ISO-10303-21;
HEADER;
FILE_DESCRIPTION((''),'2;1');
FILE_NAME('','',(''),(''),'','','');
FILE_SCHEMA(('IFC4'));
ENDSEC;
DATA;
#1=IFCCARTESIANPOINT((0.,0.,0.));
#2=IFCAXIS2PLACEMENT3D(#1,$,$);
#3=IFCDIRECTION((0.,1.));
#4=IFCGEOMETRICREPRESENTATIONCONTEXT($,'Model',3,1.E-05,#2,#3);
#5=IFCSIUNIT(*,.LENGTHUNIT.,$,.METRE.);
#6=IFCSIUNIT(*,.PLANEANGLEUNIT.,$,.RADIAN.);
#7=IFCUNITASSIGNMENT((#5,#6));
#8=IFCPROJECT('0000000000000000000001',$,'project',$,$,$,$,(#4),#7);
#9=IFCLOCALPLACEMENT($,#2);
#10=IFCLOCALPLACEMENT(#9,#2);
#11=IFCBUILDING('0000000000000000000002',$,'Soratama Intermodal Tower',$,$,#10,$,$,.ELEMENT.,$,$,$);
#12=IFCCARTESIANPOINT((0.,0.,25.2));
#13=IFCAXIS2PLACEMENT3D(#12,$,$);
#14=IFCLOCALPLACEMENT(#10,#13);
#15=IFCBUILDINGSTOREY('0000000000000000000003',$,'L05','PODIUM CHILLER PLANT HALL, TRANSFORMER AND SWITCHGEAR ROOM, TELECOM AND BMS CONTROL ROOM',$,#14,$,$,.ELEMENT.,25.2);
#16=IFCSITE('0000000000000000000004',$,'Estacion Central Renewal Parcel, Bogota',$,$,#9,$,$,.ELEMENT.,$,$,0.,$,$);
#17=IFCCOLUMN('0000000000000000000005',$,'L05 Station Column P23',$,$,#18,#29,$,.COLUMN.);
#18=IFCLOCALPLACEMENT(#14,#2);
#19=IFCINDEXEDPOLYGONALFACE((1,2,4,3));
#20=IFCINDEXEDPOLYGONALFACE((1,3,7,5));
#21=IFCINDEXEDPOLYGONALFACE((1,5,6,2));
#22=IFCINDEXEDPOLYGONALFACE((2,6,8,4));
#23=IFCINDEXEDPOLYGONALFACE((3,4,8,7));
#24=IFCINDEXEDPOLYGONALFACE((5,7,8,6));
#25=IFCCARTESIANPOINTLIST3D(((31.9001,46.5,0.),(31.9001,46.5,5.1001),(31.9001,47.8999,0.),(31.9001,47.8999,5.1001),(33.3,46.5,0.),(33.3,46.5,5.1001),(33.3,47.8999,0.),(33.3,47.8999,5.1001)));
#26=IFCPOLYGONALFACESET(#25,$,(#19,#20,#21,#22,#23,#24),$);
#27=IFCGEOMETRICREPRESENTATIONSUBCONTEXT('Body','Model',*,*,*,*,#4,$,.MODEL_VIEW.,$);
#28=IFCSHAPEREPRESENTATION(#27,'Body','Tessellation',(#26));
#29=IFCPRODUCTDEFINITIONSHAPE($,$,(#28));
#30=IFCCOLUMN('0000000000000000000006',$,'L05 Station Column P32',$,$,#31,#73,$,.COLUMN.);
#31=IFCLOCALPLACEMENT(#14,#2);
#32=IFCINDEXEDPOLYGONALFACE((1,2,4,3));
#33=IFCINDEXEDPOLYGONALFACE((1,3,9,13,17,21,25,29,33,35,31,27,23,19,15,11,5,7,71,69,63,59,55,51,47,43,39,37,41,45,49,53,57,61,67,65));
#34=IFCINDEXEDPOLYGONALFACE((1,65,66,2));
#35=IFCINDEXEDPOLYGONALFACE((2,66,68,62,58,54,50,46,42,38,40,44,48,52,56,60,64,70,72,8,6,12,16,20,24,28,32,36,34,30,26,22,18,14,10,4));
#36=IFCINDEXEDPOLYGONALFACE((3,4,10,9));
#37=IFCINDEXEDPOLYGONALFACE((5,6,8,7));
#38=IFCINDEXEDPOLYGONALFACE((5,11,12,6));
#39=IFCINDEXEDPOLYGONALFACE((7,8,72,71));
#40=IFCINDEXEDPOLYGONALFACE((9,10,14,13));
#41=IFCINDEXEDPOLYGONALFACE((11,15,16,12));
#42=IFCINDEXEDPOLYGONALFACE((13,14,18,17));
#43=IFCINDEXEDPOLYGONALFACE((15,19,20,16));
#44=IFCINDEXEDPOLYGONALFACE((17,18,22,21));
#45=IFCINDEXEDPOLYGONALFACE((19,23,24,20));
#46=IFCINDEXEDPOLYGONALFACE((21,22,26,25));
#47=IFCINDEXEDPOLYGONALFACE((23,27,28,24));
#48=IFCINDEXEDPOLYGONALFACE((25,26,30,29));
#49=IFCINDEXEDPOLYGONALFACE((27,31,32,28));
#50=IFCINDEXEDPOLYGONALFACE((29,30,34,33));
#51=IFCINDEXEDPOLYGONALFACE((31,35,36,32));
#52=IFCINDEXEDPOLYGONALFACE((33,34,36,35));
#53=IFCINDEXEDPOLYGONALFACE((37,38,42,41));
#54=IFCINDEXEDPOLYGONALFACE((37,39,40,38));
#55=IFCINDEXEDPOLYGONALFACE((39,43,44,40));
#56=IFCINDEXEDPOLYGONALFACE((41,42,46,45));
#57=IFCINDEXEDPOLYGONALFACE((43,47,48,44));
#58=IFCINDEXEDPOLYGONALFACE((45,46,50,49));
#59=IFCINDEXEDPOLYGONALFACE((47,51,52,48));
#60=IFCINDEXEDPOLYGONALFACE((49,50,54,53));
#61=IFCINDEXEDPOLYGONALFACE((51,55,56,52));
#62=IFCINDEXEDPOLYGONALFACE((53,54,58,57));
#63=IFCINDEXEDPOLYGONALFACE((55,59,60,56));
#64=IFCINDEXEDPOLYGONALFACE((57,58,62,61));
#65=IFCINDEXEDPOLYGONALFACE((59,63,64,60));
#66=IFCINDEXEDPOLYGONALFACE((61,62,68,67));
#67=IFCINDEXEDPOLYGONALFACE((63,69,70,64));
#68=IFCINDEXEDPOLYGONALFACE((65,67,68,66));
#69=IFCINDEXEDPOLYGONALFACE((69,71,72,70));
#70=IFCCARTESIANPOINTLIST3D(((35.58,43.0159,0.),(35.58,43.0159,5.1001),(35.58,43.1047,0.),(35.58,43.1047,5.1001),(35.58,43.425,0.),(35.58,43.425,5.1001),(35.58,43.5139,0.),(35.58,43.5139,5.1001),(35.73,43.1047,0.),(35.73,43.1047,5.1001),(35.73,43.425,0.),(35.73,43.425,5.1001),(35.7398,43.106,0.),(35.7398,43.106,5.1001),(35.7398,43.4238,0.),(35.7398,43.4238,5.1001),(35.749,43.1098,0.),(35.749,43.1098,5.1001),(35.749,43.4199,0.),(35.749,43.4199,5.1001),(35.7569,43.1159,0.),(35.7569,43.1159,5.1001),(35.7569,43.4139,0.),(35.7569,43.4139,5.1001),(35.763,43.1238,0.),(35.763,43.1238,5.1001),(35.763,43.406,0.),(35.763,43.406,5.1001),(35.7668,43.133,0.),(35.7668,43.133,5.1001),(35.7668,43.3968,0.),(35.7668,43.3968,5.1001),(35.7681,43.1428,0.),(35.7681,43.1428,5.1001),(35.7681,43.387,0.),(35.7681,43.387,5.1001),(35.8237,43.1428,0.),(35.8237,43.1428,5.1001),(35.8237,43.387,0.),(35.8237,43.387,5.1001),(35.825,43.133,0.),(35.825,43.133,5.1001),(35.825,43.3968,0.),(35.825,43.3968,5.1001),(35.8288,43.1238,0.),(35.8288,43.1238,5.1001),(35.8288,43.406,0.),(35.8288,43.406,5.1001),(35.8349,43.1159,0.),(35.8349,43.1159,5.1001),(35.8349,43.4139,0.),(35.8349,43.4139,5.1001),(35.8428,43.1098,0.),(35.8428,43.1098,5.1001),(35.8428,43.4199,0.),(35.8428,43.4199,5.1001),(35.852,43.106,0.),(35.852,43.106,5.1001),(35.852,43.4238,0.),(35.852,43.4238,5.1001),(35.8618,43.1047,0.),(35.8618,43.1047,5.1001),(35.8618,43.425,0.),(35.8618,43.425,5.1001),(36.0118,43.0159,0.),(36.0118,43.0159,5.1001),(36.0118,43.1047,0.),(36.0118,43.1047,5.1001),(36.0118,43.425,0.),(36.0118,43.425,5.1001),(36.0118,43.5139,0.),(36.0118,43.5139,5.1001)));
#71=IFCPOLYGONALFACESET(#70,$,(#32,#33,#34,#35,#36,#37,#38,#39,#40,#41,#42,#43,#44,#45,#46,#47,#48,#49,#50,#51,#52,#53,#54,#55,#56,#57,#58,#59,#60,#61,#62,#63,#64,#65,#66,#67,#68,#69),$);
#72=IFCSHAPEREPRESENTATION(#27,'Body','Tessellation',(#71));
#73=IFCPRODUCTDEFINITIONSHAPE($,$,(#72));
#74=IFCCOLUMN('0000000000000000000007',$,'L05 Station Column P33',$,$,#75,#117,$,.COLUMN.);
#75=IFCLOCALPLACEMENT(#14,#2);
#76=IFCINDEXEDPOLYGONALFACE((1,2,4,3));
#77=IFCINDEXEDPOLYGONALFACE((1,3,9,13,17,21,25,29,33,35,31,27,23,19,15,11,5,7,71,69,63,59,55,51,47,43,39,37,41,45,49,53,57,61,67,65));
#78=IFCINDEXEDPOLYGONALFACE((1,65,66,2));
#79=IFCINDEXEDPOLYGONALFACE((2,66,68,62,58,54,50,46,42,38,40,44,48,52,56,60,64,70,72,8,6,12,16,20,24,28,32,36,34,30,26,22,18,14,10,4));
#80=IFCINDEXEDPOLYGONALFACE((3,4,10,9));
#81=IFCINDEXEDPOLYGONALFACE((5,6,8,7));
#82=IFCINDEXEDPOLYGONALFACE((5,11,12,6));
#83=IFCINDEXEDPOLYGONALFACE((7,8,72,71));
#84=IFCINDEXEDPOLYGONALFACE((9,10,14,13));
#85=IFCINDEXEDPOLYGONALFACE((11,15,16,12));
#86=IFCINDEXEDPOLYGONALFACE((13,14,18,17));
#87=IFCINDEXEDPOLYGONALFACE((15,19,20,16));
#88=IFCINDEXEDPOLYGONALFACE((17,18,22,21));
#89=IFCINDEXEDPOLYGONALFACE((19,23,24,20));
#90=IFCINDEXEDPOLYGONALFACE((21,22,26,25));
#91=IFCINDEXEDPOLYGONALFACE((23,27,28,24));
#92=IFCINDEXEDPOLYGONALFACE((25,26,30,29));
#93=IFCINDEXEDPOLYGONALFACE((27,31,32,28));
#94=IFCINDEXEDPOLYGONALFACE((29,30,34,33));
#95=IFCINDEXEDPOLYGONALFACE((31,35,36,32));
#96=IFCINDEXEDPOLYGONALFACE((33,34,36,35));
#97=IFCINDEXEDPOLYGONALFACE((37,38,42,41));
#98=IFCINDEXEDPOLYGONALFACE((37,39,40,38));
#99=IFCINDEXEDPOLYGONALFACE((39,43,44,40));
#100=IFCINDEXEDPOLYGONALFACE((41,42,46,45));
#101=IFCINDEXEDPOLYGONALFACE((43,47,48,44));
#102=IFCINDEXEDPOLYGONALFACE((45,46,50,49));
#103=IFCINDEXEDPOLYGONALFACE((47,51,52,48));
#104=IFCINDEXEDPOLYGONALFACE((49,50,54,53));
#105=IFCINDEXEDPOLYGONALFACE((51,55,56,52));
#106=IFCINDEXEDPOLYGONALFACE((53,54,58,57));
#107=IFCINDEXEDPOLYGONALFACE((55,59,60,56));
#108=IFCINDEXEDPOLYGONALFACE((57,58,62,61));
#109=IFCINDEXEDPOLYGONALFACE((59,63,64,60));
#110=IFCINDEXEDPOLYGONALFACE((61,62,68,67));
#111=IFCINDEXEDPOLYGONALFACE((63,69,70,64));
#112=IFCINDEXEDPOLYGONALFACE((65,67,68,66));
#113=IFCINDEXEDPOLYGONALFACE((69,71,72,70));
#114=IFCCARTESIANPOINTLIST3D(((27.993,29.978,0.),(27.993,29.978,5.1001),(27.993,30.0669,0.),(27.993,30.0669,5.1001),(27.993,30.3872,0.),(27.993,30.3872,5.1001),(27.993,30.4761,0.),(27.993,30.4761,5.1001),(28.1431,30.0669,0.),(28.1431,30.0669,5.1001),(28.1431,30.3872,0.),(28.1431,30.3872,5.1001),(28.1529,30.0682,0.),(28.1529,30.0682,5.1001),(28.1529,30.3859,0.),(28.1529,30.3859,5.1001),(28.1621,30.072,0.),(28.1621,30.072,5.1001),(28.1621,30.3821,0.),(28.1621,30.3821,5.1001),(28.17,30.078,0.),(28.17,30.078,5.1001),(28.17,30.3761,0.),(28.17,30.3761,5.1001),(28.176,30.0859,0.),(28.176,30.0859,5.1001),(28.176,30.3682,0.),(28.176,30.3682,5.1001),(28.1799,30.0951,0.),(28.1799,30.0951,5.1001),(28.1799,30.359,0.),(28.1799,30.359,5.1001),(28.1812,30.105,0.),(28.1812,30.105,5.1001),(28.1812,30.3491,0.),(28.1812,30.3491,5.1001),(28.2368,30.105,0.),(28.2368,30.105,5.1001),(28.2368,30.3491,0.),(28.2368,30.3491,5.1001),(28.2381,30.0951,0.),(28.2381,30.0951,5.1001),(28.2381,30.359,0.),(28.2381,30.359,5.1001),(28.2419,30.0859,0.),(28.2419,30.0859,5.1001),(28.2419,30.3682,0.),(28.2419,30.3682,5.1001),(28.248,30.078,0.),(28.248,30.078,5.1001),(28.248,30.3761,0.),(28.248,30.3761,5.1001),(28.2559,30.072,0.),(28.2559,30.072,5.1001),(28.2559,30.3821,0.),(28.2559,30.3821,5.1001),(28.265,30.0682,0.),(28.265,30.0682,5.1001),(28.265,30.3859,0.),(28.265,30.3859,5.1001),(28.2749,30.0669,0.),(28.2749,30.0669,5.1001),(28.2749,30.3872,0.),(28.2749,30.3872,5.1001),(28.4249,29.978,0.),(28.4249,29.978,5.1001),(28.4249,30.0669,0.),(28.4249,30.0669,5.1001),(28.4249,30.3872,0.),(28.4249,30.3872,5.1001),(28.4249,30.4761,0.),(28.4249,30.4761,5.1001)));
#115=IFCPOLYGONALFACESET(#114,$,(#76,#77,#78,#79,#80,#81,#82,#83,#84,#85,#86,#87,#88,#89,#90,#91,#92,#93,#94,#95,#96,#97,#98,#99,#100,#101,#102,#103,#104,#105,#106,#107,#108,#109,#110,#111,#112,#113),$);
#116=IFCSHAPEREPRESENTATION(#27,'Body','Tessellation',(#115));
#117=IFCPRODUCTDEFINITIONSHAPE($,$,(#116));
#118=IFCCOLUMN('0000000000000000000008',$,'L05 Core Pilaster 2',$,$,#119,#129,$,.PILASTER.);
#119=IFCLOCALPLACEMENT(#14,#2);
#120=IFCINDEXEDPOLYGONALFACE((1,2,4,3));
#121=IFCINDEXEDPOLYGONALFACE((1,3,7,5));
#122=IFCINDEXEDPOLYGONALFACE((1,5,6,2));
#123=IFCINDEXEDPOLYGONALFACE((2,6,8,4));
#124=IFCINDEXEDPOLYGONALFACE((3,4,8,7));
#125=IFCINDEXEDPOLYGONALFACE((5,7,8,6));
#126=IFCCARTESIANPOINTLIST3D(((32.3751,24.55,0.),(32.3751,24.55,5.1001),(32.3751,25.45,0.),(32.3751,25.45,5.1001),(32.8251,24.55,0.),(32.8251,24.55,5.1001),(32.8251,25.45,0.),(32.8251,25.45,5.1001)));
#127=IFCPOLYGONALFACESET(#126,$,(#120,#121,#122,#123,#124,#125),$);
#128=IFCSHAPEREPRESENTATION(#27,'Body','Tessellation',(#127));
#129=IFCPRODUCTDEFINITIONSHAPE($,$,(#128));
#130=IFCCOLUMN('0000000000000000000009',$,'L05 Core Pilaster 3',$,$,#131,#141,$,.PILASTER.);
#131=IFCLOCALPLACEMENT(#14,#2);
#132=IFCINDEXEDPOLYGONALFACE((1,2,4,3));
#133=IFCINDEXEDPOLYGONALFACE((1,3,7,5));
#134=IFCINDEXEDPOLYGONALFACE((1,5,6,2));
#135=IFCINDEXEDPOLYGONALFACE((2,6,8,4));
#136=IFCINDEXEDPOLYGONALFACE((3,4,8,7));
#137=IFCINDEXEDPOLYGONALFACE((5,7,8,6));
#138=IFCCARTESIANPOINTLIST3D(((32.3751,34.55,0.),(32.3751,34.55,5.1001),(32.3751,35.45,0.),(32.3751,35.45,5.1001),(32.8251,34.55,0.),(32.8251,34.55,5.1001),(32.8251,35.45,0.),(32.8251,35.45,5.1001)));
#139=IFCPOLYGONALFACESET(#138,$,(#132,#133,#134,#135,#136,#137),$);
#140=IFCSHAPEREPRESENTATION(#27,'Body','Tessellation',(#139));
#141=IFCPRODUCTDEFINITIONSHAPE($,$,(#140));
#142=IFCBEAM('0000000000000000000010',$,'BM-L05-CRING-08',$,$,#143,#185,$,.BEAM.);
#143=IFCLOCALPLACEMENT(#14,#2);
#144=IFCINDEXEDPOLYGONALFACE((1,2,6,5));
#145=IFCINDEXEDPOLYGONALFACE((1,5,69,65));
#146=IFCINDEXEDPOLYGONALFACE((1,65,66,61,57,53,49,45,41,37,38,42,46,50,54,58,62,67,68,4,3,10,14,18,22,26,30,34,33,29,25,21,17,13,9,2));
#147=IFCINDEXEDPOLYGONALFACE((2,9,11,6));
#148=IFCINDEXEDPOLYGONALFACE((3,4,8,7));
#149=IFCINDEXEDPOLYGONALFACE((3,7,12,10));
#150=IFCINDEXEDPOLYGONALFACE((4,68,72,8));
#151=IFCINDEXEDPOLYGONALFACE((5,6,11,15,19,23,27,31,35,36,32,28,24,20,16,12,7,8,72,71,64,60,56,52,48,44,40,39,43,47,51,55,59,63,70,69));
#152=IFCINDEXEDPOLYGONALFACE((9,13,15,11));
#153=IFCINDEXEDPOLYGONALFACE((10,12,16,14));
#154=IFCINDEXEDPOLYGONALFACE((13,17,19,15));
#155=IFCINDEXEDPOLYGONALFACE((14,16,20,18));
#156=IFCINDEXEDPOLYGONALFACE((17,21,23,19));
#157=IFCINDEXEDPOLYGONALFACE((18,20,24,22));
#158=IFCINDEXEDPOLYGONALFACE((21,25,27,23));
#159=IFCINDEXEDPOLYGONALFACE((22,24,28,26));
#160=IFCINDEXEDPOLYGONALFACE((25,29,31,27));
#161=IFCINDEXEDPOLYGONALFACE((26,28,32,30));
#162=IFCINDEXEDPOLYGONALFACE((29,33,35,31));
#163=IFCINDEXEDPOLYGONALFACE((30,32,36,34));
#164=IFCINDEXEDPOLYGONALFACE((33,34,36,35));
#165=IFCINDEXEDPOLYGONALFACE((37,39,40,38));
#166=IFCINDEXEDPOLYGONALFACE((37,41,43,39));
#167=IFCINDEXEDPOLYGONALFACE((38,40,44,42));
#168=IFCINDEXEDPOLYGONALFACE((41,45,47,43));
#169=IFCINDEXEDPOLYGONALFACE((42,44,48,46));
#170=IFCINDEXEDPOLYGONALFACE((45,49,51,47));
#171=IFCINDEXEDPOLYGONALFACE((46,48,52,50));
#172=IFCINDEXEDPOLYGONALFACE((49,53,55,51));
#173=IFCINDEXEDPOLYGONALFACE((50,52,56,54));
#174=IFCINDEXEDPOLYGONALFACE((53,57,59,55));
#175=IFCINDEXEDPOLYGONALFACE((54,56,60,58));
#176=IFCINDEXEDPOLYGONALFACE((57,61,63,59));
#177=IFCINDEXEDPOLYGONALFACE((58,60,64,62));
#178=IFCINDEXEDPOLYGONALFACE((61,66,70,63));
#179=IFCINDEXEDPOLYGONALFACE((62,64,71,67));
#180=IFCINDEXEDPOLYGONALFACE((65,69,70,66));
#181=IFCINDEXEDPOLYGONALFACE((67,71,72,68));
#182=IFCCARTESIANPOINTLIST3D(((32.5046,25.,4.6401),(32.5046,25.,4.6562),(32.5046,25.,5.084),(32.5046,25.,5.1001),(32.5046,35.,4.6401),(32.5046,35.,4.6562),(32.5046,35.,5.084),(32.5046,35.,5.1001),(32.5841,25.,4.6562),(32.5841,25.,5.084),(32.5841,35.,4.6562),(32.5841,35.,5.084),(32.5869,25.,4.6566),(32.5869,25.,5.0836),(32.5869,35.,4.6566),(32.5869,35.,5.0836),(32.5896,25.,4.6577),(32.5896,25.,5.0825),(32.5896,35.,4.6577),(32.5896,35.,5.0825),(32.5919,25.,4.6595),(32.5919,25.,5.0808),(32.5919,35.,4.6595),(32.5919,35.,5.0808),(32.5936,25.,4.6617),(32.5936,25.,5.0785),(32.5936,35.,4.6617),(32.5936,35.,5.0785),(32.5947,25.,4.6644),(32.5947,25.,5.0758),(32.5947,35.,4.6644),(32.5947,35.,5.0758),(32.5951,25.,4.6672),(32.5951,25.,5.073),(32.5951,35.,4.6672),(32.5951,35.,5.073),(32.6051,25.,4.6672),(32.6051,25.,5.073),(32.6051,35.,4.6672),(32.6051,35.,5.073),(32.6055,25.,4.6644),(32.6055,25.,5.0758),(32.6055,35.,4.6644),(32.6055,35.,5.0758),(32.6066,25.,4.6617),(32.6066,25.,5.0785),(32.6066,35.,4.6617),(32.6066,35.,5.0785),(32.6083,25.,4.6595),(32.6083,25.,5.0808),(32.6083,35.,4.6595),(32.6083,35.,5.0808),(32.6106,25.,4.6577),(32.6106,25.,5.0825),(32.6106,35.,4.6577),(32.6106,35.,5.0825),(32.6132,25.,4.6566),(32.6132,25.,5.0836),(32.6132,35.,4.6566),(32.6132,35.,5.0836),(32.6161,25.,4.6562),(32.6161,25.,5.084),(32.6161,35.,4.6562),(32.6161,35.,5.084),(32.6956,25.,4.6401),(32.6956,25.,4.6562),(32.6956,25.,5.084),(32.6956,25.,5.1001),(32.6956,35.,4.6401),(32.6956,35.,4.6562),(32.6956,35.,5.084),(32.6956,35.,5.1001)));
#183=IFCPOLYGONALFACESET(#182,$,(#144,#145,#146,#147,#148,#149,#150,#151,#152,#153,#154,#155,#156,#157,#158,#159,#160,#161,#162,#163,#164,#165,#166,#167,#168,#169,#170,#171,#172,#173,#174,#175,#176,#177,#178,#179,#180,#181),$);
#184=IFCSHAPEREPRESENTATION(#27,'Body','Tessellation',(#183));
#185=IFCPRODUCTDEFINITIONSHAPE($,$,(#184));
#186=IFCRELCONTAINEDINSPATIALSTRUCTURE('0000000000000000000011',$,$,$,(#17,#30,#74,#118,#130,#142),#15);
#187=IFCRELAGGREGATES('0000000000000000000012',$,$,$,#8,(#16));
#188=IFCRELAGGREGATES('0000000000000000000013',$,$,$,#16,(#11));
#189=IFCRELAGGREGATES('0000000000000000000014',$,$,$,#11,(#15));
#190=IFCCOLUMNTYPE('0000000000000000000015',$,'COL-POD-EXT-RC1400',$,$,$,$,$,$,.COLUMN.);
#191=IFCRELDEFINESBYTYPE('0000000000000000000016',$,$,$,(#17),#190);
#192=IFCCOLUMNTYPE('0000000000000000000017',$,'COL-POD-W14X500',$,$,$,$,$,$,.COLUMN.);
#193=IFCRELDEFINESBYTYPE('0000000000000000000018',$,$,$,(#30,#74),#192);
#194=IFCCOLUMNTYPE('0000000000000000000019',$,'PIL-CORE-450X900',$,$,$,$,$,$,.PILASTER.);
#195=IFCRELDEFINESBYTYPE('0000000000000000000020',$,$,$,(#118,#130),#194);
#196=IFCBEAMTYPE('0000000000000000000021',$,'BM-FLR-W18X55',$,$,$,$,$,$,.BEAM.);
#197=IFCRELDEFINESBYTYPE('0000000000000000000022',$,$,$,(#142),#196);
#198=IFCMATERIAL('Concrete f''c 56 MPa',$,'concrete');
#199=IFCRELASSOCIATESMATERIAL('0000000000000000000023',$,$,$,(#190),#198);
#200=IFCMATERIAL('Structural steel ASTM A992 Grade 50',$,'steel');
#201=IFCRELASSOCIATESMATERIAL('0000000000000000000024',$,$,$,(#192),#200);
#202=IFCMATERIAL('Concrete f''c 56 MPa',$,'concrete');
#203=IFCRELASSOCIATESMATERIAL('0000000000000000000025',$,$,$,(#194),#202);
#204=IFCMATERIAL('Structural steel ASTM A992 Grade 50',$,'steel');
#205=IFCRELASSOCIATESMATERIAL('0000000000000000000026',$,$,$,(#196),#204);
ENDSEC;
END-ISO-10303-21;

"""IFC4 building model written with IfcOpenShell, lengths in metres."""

from ifc_helpers import new_model, si_unit, direction, frame, origin, origin_2d, place, context, subcontext, project, spatial, rectangle, i_section, extrude, material, material_profile, profile_set, type_object, element, save


model = new_model("IFC4")

# Units and contexts
model_context = context("Model", 3, precision=1e-05, world=origin(), true_north=direction((0.0, 1.0)))
body_context = subcontext(model_context, "Body", "Model", "MODEL_VIEW")
ifc_project = project(units=[si_unit("LENGTHUNIT", "METRE"), si_unit("PLANEANGLEUNIT", "RADIAN")], contexts=[model_context])

# Site, building, storey
site_placement = place(None, origin())
site = spatial("IfcSite", under=ifc_project, at=site_placement, Name="Estacion Central Renewal Parcel, Bogota", CompositionType="ELEMENT", RefElevation=0.0)
building_placement = place(site_placement, origin())
building = spatial("IfcBuilding", under=site, at=building_placement, Name="Soratama Intermodal Tower", CompositionType="ELEMENT")
storey_placement = place(building_placement, frame((0.0, 0.0, 25.2)))
storey = spatial("IfcBuildingStorey", under=building, at=storey_placement, Name="L05", Description="PODIUM CHILLER PLANT HALL, TRANSFORMER AND SWITCHGEAR ROOM, TELECOM AND BMS CONTROL ROOM", CompositionType="ELEMENT", Elevation=25.2)

# Columns
ifc_material_1 = material(Name="Concrete f'c 56 MPa", Category="concrete")
ifc_material_profile_1 = material_profile(ifc_material_1, rectangle(XDim=1.3999, YDim=1.3999, at=origin_2d()), Name="RC1400X1400")
ifc_profile_set_1 = profile_set([ifc_material_profile_1], Name="Concrete f'c 56 MPa")
column_type_1 = type_object("IfcColumnType", Name="COL-POD-EXT-RC1400", PredefinedType="COLUMN", material=ifc_profile_set_1)
column_placement = place(storey_placement, frame((32.6001, 47.2, 0.0), z_axis=(0.0, 0.0, 1.0), x_axis=(1.0, 0.0, 0.0)))
element("IfcColumn", 1, at=column_placement, inside=storey, type_object=column_type_1, Name="L05 Station Column P23", PredefinedType="COLUMN", context=body_context, shape_type="SweptSolid", body=[
    extrude(rectangle(XDim=1.3999, YDim=1.3999, at=origin_2d()), origin(), (0.0, 0.0, 1.0), 5.1001),
])
ifc_material_2 = material(Name="Structural steel ASTM A992 Grade 50", Category="steel")
ifc_material_profile_2 = material_profile(ifc_material_2, i_section(OverallWidth=0.4319, OverallDepth=0.498, WebThickness=0.0557, FlangeThickness=0.0889, FilletRadius=0.0381, at=origin_2d()), Name="W14X500")
ifc_profile_set_2 = profile_set([ifc_material_profile_2], Name="Structural steel ASTM A992 Grade 50")
column_type_2 = type_object("IfcColumnType", Name="COL-POD-W14X500", PredefinedType="COLUMN", material=ifc_profile_set_2)
for number, where, z_axis, x_axis, name in (
    (2, (35.7959, 43.2649, 0.0), (0.0, 0.0, 1.0), (1.0, 0.0, 0.0), "L05 Station Column P32"),
    (3, (28.209, 30.2271, 0.0), (0.0, 0.0, 1.0), (1.0, 0.0, 0.0), "L05 Station Column P33"),
):
    element("IfcColumn", number, at=place(storey_placement, frame(where, z_axis=z_axis, x_axis=x_axis)), inside=storey, type_object=column_type_2, Name=name, PredefinedType="COLUMN", context=body_context, shape_type="SweptSolid", body=[
        extrude(i_section(OverallWidth=0.4319, OverallDepth=0.498, WebThickness=0.0557, FlangeThickness=0.0889, FilletRadius=0.0381, at=origin_2d()), origin(), (0.0, 0.0, 1.0), 5.1001),
    ])
ifc_material_3 = material(Name="Concrete f'c 56 MPa", Category="concrete")
ifc_material_profile_3 = material_profile(ifc_material_3, rectangle(XDim=0.45, YDim=0.8999, at=origin_2d()), Name="RC450X900")
ifc_profile_set_3 = profile_set([ifc_material_profile_3], Name="Concrete f'c 56 MPa")
column_type_3 = type_object("IfcColumnType", Name="PIL-CORE-450X900", PredefinedType="PILASTER", material=ifc_profile_set_3)
for number, where, z_axis, x_axis, name in (
    (4, (32.6001, 25.0, 0.0), (0.0, 0.0, 1.0), (1.0, 0.0, 0.0), "L05 Core Pilaster 2"),
    (5, (32.6001, 35.0, 0.0), (0.0, 0.0, 1.0), (1.0, 0.0, 0.0), "L05 Core Pilaster 3"),
):
    element("IfcColumn", number, at=place(storey_placement, frame(where, z_axis=z_axis, x_axis=x_axis)), inside=storey, type_object=column_type_3, Name=name, PredefinedType="PILASTER", context=body_context, shape_type="SweptSolid", body=[
        extrude(rectangle(XDim=0.45, YDim=0.8999, at=origin_2d()), origin(), (0.0, 0.0, 1.0), 5.1001),
    ])

# Beam
ifc_material_4 = material(Name="Structural steel ASTM A992 Grade 50", Category="steel")
ifc_material_profile_4 = material_profile(ifc_material_4, i_section(OverallWidth=0.1909, OverallDepth=0.46, WebThickness=0.01, FlangeThickness=0.0161, FilletRadius=0.011, at=origin_2d()), Name="W18X55")
ifc_profile_set_4 = profile_set([ifc_material_profile_4], Name="Structural steel ASTM A992 Grade 50")
beam_type_1 = type_object("IfcBeamType", Name="BM-FLR-W18X55", PredefinedType="BEAM", material=ifc_profile_set_4)
for number, where, z_axis, x_axis, name in (
    (6, (32.6001, 35.0, 4.8701), (0.0, -1.0, 0.0), (1.0, 0.0, 0.0), "BM-L05-CRING-08"),
):
    element("IfcBeam", number, at=place(storey_placement, frame(where, z_axis=z_axis, x_axis=x_axis)), inside=storey, type_object=beam_type_1, Name=name, PredefinedType="BEAM", context=body_context, shape_type="SweptSolid", body=[
        extrude(i_section(OverallWidth=0.1909, OverallDepth=0.46, WebThickness=0.01, FlangeThickness=0.0161, FilletRadius=0.011, at=origin_2d()), origin(), (0.0, 0.0, 1.0), 10.0),
    ])

save(model, "model.ifc")
